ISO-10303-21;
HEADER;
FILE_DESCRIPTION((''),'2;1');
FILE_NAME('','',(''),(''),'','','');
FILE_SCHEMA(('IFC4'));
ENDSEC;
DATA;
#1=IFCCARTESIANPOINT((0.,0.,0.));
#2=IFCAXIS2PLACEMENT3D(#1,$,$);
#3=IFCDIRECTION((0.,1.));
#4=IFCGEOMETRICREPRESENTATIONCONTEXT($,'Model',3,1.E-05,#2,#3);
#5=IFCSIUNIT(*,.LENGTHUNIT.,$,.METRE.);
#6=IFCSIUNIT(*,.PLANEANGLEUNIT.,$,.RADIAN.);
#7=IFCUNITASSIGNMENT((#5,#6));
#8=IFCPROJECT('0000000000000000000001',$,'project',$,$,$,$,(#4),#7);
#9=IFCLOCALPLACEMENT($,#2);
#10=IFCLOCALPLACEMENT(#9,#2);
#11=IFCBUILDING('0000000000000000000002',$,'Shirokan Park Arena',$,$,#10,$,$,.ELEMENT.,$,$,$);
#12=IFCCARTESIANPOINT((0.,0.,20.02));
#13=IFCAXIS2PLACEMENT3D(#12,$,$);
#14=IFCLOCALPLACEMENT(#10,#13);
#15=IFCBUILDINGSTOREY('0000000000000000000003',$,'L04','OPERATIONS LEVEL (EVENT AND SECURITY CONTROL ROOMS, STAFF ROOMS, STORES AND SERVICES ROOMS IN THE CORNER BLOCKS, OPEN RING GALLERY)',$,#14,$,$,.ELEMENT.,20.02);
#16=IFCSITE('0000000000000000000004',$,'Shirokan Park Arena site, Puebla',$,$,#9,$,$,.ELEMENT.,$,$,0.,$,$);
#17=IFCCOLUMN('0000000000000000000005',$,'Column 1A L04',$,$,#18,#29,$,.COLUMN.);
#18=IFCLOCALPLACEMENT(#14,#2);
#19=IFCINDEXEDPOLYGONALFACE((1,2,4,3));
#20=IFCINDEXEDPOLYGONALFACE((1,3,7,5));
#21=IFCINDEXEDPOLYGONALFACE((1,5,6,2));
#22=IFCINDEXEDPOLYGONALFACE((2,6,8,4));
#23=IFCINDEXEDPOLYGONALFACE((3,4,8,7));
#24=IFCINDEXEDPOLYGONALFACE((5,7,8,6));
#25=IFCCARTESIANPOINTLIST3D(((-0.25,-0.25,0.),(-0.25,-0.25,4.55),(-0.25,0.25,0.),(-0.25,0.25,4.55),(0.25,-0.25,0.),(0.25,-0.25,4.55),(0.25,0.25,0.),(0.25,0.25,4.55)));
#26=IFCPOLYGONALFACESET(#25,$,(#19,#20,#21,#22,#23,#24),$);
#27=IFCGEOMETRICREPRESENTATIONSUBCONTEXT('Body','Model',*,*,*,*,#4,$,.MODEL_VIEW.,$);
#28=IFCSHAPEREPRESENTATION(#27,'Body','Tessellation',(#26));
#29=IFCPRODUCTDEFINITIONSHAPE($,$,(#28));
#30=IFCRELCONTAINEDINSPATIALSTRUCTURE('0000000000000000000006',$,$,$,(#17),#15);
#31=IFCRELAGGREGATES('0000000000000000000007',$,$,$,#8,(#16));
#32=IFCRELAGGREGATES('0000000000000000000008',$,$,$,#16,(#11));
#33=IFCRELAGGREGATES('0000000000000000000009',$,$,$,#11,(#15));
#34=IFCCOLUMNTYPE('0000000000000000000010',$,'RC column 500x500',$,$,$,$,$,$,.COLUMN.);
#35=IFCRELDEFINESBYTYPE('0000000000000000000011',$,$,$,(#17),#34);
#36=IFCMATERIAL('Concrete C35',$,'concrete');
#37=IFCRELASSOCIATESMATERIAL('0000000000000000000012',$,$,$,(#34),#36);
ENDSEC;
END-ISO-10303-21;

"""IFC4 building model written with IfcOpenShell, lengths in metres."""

from ifc_helpers import new_model, si_unit, direction, frame, origin, origin_with_axes, origin_2d, place, context, subcontext, project, spatial, rectangle, extrude, material, material_profile, profile_set, type_object, element, save


model = new_model("IFC4")

# Units and contexts
model_context = context("Model", 3, precision=1e-05, world=origin(), true_north=direction((0.0, 1.0)))
body_context = subcontext(model_context, "Body", "Model", "MODEL_VIEW")
ifc_project = project(units=[si_unit("LENGTHUNIT", "METRE"), si_unit("PLANEANGLEUNIT", "RADIAN")], contexts=[model_context])

# Site, building, storey
site_placement = place(None, origin())
site = spatial("IfcSite", under=ifc_project, at=site_placement, Name="Shirokan Park Arena site, Puebla", CompositionType="ELEMENT", RefElevation=0.0)
building_placement = place(site_placement, origin())
building = spatial("IfcBuilding", under=site, at=building_placement, Name="Shirokan Park Arena", CompositionType="ELEMENT")
storey_placement = place(building_placement, frame((0.0, 0.0, 20.02)))
storey = spatial("IfcBuildingStorey", under=building, at=storey_placement, Name="L04", Description="OPERATIONS LEVEL (EVENT AND SECURITY CONTROL ROOMS, STAFF ROOMS, STORES AND SERVICES ROOMS IN THE CORNER BLOCKS, OPEN RING GALLERY)", CompositionType="ELEMENT", Elevation=20.02)

# Column
ifc_material_1 = material(Name="Concrete C35", Category="concrete")
ifc_material_profile = material_profile(ifc_material_1, rectangle(XDim=0.5, YDim=0.5, at=origin_2d()), Name="500x500")
ifc_profile_set = profile_set([ifc_material_profile], Name="Concrete C35")
column_type = type_object("IfcColumnType", Name="RC column 500x500", PredefinedType="COLUMN", material=ifc_profile_set)
column_placement = place(storey_placement, origin_with_axes())
element("IfcColumn", 1, at=column_placement, inside=storey, type_object=column_type, Name="Column 1A L04", PredefinedType="COLUMN", context=body_context, shape_type="SweptSolid", body=[
    extrude(rectangle(XDim=0.5, YDim=0.5, at=origin_2d()), origin(), (0.0, 0.0, 1.0), 4.55),
])

save(model, "model.ifc")
